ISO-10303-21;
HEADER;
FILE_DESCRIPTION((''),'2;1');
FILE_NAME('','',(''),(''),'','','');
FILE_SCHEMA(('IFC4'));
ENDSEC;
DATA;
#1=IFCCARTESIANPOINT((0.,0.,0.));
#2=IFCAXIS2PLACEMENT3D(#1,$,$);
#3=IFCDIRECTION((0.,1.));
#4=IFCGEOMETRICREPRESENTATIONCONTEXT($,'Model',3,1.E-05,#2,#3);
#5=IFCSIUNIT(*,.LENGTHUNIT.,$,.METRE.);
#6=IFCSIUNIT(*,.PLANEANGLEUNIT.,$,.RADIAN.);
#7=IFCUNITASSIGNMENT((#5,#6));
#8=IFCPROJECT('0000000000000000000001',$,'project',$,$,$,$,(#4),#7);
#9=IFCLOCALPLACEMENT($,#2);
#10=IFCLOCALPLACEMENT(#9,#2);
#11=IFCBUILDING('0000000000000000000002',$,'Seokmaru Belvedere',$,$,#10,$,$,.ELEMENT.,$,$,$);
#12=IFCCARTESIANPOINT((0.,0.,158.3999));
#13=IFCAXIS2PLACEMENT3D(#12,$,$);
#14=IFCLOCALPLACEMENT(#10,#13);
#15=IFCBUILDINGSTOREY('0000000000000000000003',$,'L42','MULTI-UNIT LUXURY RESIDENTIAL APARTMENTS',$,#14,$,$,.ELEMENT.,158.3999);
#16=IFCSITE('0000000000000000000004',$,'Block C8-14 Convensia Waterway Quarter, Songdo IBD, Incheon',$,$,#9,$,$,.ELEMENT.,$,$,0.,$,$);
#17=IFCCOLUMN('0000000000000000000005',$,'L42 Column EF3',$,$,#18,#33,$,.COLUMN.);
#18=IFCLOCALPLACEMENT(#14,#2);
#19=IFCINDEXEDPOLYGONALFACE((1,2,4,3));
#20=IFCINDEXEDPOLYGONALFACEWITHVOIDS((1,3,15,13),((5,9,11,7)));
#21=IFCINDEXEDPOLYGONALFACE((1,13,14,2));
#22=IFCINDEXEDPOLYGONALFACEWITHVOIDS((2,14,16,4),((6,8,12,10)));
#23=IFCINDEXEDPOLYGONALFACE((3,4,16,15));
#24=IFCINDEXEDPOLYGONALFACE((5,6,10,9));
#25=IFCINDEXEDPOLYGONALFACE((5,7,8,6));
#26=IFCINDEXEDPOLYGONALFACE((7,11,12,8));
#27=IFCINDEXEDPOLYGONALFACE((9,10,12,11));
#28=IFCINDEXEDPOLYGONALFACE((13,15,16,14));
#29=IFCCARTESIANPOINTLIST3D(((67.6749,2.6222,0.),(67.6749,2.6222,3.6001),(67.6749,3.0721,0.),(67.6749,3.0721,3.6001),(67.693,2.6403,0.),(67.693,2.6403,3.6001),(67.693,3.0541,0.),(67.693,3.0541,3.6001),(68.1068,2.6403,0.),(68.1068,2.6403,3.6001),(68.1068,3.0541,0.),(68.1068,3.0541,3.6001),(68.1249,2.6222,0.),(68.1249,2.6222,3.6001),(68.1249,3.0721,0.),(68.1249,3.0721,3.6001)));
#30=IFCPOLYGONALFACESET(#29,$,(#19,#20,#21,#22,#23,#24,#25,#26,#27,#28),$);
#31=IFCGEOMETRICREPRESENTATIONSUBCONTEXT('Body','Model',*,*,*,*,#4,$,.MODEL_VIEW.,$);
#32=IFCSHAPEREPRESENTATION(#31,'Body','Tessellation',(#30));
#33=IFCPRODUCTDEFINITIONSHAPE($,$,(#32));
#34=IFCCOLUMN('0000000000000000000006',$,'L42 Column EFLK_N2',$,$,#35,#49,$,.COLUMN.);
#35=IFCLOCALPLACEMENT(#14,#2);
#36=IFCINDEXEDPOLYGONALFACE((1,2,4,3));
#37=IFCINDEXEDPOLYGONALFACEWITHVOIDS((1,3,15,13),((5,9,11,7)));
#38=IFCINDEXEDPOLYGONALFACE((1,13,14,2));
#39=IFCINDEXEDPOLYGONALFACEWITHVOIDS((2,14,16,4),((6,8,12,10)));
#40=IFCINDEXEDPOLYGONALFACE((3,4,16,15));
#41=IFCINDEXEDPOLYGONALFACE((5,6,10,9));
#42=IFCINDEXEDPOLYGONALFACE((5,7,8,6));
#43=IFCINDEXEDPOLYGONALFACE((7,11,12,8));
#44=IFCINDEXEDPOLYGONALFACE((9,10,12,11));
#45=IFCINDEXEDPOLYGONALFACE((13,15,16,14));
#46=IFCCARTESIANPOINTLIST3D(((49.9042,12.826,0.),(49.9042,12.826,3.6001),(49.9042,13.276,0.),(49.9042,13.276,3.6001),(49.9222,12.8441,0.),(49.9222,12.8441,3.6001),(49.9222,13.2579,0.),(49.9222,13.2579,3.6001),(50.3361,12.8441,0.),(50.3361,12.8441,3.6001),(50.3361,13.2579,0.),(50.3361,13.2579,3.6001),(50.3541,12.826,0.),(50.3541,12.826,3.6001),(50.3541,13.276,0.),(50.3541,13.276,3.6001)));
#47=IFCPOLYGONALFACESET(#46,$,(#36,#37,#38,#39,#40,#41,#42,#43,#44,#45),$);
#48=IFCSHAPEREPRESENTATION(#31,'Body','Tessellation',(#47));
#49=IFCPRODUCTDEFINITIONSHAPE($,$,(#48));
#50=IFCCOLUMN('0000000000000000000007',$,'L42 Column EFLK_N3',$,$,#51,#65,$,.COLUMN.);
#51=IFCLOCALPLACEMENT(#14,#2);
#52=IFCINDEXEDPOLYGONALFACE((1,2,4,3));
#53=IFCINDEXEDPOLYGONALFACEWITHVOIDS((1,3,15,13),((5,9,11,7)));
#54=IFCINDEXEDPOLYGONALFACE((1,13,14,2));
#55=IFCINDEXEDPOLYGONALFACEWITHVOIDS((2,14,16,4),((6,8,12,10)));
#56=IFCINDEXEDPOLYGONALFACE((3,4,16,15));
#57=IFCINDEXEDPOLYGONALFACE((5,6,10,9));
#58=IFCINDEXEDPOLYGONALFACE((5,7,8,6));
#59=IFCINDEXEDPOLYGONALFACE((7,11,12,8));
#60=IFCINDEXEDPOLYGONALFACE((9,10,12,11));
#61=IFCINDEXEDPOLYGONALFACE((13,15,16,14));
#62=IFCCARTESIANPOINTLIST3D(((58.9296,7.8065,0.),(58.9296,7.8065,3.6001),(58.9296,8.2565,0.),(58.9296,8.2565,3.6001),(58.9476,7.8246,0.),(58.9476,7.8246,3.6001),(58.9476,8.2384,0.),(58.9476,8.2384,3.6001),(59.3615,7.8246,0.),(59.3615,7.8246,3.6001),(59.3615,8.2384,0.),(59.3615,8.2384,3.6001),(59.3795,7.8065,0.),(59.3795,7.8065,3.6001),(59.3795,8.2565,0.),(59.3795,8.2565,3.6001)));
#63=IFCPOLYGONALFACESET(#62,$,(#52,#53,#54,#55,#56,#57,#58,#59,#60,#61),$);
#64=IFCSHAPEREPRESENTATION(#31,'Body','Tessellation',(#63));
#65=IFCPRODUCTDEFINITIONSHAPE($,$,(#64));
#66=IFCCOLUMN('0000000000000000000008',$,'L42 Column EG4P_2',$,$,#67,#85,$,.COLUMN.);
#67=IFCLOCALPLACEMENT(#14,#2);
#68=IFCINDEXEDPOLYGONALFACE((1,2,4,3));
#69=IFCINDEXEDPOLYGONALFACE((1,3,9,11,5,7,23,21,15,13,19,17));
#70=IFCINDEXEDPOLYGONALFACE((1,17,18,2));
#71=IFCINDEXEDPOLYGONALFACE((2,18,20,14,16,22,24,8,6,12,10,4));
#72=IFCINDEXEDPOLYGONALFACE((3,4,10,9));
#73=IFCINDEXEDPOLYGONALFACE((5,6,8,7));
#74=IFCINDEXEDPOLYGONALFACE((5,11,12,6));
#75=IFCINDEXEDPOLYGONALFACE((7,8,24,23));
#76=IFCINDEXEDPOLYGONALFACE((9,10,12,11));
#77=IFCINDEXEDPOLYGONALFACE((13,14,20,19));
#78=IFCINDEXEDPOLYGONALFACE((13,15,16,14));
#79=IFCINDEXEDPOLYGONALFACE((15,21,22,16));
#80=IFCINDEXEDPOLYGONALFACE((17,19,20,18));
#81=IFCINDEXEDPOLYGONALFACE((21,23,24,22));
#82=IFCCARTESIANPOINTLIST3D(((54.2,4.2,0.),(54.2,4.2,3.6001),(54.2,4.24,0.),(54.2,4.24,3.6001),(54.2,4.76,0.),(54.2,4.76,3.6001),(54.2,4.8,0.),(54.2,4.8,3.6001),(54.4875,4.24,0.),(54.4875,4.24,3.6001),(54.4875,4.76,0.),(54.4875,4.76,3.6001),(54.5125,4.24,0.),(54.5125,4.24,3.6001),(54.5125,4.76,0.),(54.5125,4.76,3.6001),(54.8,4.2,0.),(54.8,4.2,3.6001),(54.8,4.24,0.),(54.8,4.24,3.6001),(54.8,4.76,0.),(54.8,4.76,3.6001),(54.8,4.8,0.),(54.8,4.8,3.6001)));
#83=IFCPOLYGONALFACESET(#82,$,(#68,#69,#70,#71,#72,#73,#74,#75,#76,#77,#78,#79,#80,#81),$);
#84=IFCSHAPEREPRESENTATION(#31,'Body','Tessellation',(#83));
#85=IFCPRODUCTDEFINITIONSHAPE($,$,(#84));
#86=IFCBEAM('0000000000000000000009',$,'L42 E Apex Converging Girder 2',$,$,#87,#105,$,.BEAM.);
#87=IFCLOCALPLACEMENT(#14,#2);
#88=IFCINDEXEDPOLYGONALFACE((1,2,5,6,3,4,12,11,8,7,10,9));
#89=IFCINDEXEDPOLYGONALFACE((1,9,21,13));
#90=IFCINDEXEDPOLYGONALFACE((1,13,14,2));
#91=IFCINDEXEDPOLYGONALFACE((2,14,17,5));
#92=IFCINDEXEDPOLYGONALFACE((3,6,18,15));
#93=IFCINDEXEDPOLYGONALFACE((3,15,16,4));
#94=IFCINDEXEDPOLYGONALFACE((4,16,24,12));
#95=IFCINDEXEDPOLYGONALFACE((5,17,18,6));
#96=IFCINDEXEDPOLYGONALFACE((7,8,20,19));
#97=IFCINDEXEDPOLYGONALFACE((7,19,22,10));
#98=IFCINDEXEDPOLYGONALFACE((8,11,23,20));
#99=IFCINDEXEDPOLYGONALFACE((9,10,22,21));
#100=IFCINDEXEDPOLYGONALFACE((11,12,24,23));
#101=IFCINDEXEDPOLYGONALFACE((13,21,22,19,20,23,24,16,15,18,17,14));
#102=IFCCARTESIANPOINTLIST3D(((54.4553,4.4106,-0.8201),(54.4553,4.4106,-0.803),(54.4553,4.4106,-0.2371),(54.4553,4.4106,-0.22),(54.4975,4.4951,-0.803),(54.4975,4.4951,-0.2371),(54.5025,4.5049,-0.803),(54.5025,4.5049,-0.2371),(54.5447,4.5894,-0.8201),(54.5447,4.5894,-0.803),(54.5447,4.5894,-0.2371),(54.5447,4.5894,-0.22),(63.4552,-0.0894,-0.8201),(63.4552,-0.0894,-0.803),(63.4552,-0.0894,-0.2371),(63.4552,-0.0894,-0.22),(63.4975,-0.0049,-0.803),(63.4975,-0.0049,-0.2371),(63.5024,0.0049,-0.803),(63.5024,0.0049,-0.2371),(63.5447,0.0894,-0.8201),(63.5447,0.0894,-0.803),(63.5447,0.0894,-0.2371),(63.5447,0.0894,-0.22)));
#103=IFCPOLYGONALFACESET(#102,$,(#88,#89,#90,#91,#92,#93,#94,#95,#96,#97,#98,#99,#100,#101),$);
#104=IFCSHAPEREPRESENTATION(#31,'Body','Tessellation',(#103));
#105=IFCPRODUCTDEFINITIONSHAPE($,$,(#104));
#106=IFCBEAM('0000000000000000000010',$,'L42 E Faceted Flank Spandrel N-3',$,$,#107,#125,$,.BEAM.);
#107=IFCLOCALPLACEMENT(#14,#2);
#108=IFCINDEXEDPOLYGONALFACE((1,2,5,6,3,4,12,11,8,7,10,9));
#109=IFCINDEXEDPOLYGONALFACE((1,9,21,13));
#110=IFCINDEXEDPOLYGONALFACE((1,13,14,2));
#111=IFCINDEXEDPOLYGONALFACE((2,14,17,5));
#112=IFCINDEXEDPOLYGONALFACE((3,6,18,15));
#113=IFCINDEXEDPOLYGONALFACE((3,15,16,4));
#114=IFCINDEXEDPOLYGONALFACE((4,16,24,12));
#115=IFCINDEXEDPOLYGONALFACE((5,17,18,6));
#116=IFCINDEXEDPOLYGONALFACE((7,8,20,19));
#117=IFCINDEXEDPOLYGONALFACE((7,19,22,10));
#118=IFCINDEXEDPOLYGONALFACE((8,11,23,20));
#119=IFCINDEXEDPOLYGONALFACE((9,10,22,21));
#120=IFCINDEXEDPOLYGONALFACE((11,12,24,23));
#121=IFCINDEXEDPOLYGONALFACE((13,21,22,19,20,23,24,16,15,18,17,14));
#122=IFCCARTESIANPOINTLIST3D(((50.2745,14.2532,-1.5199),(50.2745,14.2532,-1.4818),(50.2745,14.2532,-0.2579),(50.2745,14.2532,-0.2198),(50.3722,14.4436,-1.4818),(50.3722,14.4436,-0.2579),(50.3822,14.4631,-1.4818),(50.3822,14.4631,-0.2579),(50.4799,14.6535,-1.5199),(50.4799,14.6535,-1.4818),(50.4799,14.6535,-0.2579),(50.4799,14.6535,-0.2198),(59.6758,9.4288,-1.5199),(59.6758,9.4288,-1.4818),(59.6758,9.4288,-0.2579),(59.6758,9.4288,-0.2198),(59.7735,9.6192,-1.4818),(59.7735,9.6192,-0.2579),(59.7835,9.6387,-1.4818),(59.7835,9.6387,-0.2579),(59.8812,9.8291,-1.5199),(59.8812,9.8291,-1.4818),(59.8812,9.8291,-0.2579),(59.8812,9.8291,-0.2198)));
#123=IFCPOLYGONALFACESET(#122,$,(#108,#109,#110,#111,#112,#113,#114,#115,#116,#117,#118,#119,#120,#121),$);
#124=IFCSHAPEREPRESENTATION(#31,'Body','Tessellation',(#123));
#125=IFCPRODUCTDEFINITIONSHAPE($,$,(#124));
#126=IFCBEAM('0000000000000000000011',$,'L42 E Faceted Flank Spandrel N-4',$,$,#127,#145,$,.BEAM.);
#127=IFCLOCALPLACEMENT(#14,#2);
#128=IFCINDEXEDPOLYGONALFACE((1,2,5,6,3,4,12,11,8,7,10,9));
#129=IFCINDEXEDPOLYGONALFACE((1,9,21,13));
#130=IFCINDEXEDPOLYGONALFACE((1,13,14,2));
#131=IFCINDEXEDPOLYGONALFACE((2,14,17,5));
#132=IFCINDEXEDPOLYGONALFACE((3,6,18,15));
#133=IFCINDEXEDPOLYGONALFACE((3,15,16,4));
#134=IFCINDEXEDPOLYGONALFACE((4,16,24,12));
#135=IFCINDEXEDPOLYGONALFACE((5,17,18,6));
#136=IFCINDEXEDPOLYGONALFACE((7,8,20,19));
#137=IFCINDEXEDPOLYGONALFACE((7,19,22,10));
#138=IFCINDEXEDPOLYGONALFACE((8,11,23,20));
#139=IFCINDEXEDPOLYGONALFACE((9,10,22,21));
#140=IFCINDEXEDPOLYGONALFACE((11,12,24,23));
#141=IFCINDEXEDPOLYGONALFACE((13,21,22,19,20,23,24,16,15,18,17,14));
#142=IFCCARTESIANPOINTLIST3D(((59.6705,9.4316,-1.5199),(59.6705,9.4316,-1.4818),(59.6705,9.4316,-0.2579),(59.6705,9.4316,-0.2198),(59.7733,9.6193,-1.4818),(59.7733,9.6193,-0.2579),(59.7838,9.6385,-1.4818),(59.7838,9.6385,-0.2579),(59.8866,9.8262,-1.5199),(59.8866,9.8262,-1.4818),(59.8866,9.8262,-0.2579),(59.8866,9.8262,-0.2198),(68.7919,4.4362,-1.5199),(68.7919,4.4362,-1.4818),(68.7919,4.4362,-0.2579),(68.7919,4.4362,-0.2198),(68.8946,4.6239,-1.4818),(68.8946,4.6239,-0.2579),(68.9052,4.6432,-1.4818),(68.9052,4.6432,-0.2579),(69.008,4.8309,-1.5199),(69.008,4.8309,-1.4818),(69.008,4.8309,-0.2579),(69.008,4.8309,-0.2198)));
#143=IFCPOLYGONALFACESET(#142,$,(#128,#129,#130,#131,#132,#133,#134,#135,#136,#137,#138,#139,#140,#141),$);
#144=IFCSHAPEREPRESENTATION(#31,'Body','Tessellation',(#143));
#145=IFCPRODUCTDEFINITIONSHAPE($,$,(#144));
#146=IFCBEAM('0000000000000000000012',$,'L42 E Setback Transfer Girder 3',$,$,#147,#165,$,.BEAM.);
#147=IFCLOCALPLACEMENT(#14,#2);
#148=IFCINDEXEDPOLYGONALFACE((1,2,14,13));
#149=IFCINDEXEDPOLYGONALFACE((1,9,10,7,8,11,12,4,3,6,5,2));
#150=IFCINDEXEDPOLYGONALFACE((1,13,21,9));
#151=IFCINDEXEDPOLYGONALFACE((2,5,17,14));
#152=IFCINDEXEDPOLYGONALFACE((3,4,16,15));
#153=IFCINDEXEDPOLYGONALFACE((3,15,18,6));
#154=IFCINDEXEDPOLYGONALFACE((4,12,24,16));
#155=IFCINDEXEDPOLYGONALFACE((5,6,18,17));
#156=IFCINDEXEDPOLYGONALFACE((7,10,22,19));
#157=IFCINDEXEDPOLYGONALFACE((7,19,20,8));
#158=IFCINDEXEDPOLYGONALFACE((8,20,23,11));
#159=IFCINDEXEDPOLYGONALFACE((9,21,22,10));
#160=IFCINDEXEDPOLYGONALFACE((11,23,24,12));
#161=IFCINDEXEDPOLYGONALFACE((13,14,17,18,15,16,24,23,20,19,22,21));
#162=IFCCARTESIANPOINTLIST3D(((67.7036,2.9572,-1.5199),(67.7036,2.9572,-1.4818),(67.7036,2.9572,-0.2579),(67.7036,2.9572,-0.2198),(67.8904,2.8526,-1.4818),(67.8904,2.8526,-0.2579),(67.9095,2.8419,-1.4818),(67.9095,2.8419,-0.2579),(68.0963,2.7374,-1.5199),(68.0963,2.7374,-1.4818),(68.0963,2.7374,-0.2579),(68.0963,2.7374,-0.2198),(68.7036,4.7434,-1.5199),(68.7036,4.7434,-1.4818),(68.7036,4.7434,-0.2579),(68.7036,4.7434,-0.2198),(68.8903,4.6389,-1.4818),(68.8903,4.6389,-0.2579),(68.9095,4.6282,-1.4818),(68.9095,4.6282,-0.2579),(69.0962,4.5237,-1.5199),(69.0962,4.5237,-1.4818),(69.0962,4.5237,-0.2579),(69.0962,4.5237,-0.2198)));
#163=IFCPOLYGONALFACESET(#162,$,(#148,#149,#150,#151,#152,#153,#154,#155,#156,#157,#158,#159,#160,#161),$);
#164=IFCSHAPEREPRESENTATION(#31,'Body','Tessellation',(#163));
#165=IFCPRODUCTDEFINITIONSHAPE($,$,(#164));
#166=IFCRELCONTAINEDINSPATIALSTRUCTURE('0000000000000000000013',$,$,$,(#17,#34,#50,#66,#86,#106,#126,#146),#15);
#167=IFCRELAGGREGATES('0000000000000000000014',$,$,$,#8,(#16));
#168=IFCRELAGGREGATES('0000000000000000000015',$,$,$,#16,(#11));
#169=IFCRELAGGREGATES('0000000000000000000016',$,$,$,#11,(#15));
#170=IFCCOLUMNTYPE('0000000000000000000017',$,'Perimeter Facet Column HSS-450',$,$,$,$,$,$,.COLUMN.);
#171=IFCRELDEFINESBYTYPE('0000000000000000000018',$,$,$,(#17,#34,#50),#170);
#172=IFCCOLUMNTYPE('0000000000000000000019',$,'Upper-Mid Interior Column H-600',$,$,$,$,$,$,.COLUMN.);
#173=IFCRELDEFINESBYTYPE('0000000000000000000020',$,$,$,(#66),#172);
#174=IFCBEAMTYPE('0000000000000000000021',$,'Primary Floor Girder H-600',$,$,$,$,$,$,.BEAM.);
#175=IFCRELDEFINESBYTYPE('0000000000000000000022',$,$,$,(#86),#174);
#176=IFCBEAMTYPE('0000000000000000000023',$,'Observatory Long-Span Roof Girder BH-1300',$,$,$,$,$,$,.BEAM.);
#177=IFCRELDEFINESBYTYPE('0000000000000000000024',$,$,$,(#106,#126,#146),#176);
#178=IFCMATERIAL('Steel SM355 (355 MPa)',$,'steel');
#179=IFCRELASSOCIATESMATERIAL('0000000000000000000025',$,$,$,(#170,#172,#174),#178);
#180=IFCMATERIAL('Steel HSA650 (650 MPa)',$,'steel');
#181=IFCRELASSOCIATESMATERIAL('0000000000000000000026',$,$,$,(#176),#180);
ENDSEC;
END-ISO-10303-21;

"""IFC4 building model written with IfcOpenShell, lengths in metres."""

from ifc_helpers import new_model, si_unit, direction, frame, origin, origin_2d, place, context, subcontext, project, spatial, hollow_rectangle, i_section, extrude, source, transform, mapped, material, material_profile, profile_set, type_object, type_shapes, element, save


model = new_model("IFC4")

# Units and contexts
model_context = context("Model", 3, precision=1e-05, world=origin(), true_north=direction((0.0, 1.0)))
body_context = subcontext(model_context, "Body", "Model", "MODEL_VIEW")
ifc_project = project(units=[si_unit("LENGTHUNIT", "METRE"), si_unit("PLANEANGLEUNIT", "RADIAN")], contexts=[model_context])

# Site, building, storey
site_placement = place(None, origin())
site = spatial("IfcSite", under=ifc_project, at=site_placement, Name="Block C8-14 Convensia Waterway Quarter, Songdo IBD, Incheon", CompositionType="ELEMENT", RefElevation=0.0)
building_placement = place(site_placement, origin())
building = spatial("IfcBuilding", under=site, at=building_placement, Name="Seokmaru Belvedere", CompositionType="ELEMENT")
storey_placement = place(building_placement, frame((0.0, 0.0, 158.3999)))
storey = spatial("IfcBuildingStorey", under=building, at=storey_placement, Name="L42", Description="MULTI-UNIT LUXURY RESIDENTIAL APARTMENTS", CompositionType="ELEMENT", Elevation=158.3999)

# Columns
ifc_material_1 = material(Name="Steel SM355 (355 MPa)", Category="steel")
ifc_material_profile_1 = material_profile(ifc_material_1, hollow_rectangle(XDim=0.45, YDim=0.45, WallThickness=0.0181, at=origin_2d()), Name="HSS-450x450x18")
ifc_profile_set_1 = profile_set([ifc_material_profile_1], Name="Steel SM355 (355 MPa)")
column_type_1 = type_object("IfcColumnType", Name="Perimeter Facet Column HSS-450", PredefinedType="COLUMN", material=ifc_profile_set_1)
shared_shape_1 = source(origin(), body_context, "Body", "SweptSolid", [
    extrude(hollow_rectangle(XDim=0.45, YDim=0.45, WallThickness=0.0181, at=origin_2d()), origin(), (0.0, 0.0, 1.0), 3.6001),
])
type_shapes(column_type_1, [shared_shape_1])
for number, where, z_axis, x_axis, name in (
    (1, (67.8999, 2.8472, 0.0), (0.0, 0.0, 1.0), (1.0, 0.0, 0.0), "L42 Column EF3"),
    (2, (50.1292, 13.051, 0.0), (0.0, 0.0, 1.0), (1.0, 0.0, 0.0), "L42 Column EFLK_N2"),
    (3, (59.1545, 8.0315, 0.0), (0.0, 0.0, 1.0), (1.0, 0.0, 0.0), "L42 Column EFLK_N3"),
):
    element("IfcColumn", number, at=place(storey_placement, frame(where, z_axis=z_axis, x_axis=x_axis)), inside=storey, type_object=column_type_1, Name=name, PredefinedType="COLUMN", context=body_context, shape_type="MappedRepresentation", body=[
        mapped(shared_shape_1, transform((0.0, 0.0, 0.0), scale=1.0)),
    ])
ifc_material_profile_2 = material_profile(ifc_material_1, i_section(OverallWidth=0.6001, OverallDepth=0.6001, WebThickness=0.0249, FlangeThickness=0.04, at=origin_2d()), Name="H-600x600x25x40")
ifc_profile_set_2 = profile_set([ifc_material_profile_2], Name="Steel SM355 (355 MPa)")
column_type_2 = type_object("IfcColumnType", Name="Upper-Mid Interior Column H-600", PredefinedType="COLUMN", material=ifc_profile_set_2)
shared_shape_2 = source(origin(), body_context, "Body", "SweptSolid", [
    extrude(i_section(OverallWidth=0.6001, OverallDepth=0.6001, WebThickness=0.0249, FlangeThickness=0.04, at=origin_2d()), origin(), (0.0, 0.0, 1.0), 3.6001),
])
type_shapes(column_type_2, [shared_shape_2])
column_placement = place(storey_placement, frame((54.5, 4.5, 0.0), z_axis=(0.0, 0.0, 1.0), x_axis=(1.0, 0.0, 0.0)))
element("IfcColumn", 4, at=column_placement, inside=storey, type_object=column_type_2, Name="L42 Column EG4P_2", PredefinedType="COLUMN", context=body_context, shape_type="MappedRepresentation", body=[
    mapped(shared_shape_2, transform((0.0, 0.0, 0.0), scale=1.0)),
])

# Beams
ifc_material_profile_3 = material_profile(ifc_material_1, i_section(OverallWidth=0.2, OverallDepth=0.6001, WebThickness=0.011, FlangeThickness=0.0171, at=origin_2d()), Name="H-600x200x11x17")
ifc_profile_set_3 = profile_set([ifc_material_profile_3], Name="Steel SM355 (355 MPa)")
beam_type_1 = type_object("IfcBeamType", Name="Primary Floor Girder H-600", PredefinedType="BEAM", material=ifc_profile_set_3)
shared_shape_3 = source(origin(), body_context, "Body", "SweptSolid", [
    extrude(i_section(OverallWidth=0.2, OverallDepth=0.6001, WebThickness=0.011, FlangeThickness=0.0171, at=origin_2d()), origin(), (0.0, 0.0, 1.0), 10.0623),
])
type_shapes(beam_type_1, [shared_shape_3])
beam_1_placement = place(storey_placement, frame((54.5, 4.5, -0.52), z_axis=(0.894427, -0.447214, 0.0), x_axis=(0.447214, 0.894427, 0.0)))
element("IfcBeam", 5, at=beam_1_placement, inside=storey, type_object=beam_type_1, Name="L42 E Apex Converging Girder 2", PredefinedType="BEAM", context=body_context, shape_type="MappedRepresentation", body=[
    mapped(shared_shape_3, transform((0.0, 0.0, 0.0), scale=1.0)),
])
ifc_material_2 = material(Name="Steel HSA650 (650 MPa)", Category="steel")
ifc_material_profile_4 = material_profile(ifc_material_2, i_section(OverallWidth=0.45, OverallDepth=1.3, WebThickness=0.022, FlangeThickness=0.0381, at=origin_2d()), Name="BH-1300x450x22x38")
ifc_profile_set_4 = profile_set([ifc_material_profile_4], Name="Steel HSA650 (650 MPa)")
beam_type_2 = type_object("IfcBeamType", Name="Observatory Long-Span Roof Girder BH-1300", PredefinedType="BEAM", material=ifc_profile_set_4)
shared_shape_4 = source(origin(), body_context, "Body", "SweptSolid", [
    extrude(i_section(OverallWidth=0.45, OverallDepth=1.3, WebThickness=0.022, FlangeThickness=0.0381, at=origin_2d()), origin(), (0.0, 0.0, 1.0), 10.5669),
])
beam_2_placement = place(storey_placement, frame((50.3772, 14.4534, -0.8699), z_axis=(0.889693, -0.45656, 0.0), x_axis=(0.45656, 0.889693, 0.0)))
element("IfcBeam", 6, at=beam_2_placement, inside=storey, type_object=beam_type_2, Name="L42 E Faceted Flank Spandrel N-3", PredefinedType="BEAM", context=body_context, shape_type="MappedRepresentation", body=[
    mapped(shared_shape_4, transform((0.0, 0.0, 0.0), scale=1.0)),
])
shared_shape_5 = source(origin(), body_context, "Body", "SweptSolid", [
    extrude(i_section(OverallWidth=0.45, OverallDepth=1.3, WebThickness=0.022, FlangeThickness=0.0381, at=origin_2d()), origin(), (0.0, 0.0, 1.0), 10.3997),
])
beam_3_placement = place(storey_placement, frame((59.7786, 9.6289, -0.8699), z_axis=(0.877082, -0.48034, 0.0), x_axis=(0.48034, 0.877082, 0.0)))
element("IfcBeam", 7, at=beam_3_placement, inside=storey, type_object=beam_type_2, Name="L42 E Faceted Flank Spandrel N-4", PredefinedType="BEAM", context=body_context, shape_type="MappedRepresentation", body=[
    mapped(shared_shape_5, transform((0.0, 0.0, 0.0), scale=1.0)),
])
shared_shape_6 = source(origin(), body_context, "Body", "SweptSolid", [
    extrude(i_section(OverallWidth=0.45, OverallDepth=1.3, WebThickness=0.022, FlangeThickness=0.0381, at=origin_2d()), origin(), (0.0, 0.0, 1.0), 2.0471),
])
beam_4_placement = place(storey_placement, frame((68.8999, 4.6335, -0.8699), z_axis=(-0.488465, -0.872583, 0.0), x_axis=(0.872583, -0.488465, 0.0)))
element("IfcBeam", 8, at=beam_4_placement, inside=storey, type_object=beam_type_2, Name="L42 E Setback Transfer Girder 3", PredefinedType="BEAM", context=body_context, shape_type="MappedRepresentation", body=[
    mapped(shared_shape_6, transform((0.0, 0.0, 0.0), scale=1.0)),
])

save(model, "model.ifc")
